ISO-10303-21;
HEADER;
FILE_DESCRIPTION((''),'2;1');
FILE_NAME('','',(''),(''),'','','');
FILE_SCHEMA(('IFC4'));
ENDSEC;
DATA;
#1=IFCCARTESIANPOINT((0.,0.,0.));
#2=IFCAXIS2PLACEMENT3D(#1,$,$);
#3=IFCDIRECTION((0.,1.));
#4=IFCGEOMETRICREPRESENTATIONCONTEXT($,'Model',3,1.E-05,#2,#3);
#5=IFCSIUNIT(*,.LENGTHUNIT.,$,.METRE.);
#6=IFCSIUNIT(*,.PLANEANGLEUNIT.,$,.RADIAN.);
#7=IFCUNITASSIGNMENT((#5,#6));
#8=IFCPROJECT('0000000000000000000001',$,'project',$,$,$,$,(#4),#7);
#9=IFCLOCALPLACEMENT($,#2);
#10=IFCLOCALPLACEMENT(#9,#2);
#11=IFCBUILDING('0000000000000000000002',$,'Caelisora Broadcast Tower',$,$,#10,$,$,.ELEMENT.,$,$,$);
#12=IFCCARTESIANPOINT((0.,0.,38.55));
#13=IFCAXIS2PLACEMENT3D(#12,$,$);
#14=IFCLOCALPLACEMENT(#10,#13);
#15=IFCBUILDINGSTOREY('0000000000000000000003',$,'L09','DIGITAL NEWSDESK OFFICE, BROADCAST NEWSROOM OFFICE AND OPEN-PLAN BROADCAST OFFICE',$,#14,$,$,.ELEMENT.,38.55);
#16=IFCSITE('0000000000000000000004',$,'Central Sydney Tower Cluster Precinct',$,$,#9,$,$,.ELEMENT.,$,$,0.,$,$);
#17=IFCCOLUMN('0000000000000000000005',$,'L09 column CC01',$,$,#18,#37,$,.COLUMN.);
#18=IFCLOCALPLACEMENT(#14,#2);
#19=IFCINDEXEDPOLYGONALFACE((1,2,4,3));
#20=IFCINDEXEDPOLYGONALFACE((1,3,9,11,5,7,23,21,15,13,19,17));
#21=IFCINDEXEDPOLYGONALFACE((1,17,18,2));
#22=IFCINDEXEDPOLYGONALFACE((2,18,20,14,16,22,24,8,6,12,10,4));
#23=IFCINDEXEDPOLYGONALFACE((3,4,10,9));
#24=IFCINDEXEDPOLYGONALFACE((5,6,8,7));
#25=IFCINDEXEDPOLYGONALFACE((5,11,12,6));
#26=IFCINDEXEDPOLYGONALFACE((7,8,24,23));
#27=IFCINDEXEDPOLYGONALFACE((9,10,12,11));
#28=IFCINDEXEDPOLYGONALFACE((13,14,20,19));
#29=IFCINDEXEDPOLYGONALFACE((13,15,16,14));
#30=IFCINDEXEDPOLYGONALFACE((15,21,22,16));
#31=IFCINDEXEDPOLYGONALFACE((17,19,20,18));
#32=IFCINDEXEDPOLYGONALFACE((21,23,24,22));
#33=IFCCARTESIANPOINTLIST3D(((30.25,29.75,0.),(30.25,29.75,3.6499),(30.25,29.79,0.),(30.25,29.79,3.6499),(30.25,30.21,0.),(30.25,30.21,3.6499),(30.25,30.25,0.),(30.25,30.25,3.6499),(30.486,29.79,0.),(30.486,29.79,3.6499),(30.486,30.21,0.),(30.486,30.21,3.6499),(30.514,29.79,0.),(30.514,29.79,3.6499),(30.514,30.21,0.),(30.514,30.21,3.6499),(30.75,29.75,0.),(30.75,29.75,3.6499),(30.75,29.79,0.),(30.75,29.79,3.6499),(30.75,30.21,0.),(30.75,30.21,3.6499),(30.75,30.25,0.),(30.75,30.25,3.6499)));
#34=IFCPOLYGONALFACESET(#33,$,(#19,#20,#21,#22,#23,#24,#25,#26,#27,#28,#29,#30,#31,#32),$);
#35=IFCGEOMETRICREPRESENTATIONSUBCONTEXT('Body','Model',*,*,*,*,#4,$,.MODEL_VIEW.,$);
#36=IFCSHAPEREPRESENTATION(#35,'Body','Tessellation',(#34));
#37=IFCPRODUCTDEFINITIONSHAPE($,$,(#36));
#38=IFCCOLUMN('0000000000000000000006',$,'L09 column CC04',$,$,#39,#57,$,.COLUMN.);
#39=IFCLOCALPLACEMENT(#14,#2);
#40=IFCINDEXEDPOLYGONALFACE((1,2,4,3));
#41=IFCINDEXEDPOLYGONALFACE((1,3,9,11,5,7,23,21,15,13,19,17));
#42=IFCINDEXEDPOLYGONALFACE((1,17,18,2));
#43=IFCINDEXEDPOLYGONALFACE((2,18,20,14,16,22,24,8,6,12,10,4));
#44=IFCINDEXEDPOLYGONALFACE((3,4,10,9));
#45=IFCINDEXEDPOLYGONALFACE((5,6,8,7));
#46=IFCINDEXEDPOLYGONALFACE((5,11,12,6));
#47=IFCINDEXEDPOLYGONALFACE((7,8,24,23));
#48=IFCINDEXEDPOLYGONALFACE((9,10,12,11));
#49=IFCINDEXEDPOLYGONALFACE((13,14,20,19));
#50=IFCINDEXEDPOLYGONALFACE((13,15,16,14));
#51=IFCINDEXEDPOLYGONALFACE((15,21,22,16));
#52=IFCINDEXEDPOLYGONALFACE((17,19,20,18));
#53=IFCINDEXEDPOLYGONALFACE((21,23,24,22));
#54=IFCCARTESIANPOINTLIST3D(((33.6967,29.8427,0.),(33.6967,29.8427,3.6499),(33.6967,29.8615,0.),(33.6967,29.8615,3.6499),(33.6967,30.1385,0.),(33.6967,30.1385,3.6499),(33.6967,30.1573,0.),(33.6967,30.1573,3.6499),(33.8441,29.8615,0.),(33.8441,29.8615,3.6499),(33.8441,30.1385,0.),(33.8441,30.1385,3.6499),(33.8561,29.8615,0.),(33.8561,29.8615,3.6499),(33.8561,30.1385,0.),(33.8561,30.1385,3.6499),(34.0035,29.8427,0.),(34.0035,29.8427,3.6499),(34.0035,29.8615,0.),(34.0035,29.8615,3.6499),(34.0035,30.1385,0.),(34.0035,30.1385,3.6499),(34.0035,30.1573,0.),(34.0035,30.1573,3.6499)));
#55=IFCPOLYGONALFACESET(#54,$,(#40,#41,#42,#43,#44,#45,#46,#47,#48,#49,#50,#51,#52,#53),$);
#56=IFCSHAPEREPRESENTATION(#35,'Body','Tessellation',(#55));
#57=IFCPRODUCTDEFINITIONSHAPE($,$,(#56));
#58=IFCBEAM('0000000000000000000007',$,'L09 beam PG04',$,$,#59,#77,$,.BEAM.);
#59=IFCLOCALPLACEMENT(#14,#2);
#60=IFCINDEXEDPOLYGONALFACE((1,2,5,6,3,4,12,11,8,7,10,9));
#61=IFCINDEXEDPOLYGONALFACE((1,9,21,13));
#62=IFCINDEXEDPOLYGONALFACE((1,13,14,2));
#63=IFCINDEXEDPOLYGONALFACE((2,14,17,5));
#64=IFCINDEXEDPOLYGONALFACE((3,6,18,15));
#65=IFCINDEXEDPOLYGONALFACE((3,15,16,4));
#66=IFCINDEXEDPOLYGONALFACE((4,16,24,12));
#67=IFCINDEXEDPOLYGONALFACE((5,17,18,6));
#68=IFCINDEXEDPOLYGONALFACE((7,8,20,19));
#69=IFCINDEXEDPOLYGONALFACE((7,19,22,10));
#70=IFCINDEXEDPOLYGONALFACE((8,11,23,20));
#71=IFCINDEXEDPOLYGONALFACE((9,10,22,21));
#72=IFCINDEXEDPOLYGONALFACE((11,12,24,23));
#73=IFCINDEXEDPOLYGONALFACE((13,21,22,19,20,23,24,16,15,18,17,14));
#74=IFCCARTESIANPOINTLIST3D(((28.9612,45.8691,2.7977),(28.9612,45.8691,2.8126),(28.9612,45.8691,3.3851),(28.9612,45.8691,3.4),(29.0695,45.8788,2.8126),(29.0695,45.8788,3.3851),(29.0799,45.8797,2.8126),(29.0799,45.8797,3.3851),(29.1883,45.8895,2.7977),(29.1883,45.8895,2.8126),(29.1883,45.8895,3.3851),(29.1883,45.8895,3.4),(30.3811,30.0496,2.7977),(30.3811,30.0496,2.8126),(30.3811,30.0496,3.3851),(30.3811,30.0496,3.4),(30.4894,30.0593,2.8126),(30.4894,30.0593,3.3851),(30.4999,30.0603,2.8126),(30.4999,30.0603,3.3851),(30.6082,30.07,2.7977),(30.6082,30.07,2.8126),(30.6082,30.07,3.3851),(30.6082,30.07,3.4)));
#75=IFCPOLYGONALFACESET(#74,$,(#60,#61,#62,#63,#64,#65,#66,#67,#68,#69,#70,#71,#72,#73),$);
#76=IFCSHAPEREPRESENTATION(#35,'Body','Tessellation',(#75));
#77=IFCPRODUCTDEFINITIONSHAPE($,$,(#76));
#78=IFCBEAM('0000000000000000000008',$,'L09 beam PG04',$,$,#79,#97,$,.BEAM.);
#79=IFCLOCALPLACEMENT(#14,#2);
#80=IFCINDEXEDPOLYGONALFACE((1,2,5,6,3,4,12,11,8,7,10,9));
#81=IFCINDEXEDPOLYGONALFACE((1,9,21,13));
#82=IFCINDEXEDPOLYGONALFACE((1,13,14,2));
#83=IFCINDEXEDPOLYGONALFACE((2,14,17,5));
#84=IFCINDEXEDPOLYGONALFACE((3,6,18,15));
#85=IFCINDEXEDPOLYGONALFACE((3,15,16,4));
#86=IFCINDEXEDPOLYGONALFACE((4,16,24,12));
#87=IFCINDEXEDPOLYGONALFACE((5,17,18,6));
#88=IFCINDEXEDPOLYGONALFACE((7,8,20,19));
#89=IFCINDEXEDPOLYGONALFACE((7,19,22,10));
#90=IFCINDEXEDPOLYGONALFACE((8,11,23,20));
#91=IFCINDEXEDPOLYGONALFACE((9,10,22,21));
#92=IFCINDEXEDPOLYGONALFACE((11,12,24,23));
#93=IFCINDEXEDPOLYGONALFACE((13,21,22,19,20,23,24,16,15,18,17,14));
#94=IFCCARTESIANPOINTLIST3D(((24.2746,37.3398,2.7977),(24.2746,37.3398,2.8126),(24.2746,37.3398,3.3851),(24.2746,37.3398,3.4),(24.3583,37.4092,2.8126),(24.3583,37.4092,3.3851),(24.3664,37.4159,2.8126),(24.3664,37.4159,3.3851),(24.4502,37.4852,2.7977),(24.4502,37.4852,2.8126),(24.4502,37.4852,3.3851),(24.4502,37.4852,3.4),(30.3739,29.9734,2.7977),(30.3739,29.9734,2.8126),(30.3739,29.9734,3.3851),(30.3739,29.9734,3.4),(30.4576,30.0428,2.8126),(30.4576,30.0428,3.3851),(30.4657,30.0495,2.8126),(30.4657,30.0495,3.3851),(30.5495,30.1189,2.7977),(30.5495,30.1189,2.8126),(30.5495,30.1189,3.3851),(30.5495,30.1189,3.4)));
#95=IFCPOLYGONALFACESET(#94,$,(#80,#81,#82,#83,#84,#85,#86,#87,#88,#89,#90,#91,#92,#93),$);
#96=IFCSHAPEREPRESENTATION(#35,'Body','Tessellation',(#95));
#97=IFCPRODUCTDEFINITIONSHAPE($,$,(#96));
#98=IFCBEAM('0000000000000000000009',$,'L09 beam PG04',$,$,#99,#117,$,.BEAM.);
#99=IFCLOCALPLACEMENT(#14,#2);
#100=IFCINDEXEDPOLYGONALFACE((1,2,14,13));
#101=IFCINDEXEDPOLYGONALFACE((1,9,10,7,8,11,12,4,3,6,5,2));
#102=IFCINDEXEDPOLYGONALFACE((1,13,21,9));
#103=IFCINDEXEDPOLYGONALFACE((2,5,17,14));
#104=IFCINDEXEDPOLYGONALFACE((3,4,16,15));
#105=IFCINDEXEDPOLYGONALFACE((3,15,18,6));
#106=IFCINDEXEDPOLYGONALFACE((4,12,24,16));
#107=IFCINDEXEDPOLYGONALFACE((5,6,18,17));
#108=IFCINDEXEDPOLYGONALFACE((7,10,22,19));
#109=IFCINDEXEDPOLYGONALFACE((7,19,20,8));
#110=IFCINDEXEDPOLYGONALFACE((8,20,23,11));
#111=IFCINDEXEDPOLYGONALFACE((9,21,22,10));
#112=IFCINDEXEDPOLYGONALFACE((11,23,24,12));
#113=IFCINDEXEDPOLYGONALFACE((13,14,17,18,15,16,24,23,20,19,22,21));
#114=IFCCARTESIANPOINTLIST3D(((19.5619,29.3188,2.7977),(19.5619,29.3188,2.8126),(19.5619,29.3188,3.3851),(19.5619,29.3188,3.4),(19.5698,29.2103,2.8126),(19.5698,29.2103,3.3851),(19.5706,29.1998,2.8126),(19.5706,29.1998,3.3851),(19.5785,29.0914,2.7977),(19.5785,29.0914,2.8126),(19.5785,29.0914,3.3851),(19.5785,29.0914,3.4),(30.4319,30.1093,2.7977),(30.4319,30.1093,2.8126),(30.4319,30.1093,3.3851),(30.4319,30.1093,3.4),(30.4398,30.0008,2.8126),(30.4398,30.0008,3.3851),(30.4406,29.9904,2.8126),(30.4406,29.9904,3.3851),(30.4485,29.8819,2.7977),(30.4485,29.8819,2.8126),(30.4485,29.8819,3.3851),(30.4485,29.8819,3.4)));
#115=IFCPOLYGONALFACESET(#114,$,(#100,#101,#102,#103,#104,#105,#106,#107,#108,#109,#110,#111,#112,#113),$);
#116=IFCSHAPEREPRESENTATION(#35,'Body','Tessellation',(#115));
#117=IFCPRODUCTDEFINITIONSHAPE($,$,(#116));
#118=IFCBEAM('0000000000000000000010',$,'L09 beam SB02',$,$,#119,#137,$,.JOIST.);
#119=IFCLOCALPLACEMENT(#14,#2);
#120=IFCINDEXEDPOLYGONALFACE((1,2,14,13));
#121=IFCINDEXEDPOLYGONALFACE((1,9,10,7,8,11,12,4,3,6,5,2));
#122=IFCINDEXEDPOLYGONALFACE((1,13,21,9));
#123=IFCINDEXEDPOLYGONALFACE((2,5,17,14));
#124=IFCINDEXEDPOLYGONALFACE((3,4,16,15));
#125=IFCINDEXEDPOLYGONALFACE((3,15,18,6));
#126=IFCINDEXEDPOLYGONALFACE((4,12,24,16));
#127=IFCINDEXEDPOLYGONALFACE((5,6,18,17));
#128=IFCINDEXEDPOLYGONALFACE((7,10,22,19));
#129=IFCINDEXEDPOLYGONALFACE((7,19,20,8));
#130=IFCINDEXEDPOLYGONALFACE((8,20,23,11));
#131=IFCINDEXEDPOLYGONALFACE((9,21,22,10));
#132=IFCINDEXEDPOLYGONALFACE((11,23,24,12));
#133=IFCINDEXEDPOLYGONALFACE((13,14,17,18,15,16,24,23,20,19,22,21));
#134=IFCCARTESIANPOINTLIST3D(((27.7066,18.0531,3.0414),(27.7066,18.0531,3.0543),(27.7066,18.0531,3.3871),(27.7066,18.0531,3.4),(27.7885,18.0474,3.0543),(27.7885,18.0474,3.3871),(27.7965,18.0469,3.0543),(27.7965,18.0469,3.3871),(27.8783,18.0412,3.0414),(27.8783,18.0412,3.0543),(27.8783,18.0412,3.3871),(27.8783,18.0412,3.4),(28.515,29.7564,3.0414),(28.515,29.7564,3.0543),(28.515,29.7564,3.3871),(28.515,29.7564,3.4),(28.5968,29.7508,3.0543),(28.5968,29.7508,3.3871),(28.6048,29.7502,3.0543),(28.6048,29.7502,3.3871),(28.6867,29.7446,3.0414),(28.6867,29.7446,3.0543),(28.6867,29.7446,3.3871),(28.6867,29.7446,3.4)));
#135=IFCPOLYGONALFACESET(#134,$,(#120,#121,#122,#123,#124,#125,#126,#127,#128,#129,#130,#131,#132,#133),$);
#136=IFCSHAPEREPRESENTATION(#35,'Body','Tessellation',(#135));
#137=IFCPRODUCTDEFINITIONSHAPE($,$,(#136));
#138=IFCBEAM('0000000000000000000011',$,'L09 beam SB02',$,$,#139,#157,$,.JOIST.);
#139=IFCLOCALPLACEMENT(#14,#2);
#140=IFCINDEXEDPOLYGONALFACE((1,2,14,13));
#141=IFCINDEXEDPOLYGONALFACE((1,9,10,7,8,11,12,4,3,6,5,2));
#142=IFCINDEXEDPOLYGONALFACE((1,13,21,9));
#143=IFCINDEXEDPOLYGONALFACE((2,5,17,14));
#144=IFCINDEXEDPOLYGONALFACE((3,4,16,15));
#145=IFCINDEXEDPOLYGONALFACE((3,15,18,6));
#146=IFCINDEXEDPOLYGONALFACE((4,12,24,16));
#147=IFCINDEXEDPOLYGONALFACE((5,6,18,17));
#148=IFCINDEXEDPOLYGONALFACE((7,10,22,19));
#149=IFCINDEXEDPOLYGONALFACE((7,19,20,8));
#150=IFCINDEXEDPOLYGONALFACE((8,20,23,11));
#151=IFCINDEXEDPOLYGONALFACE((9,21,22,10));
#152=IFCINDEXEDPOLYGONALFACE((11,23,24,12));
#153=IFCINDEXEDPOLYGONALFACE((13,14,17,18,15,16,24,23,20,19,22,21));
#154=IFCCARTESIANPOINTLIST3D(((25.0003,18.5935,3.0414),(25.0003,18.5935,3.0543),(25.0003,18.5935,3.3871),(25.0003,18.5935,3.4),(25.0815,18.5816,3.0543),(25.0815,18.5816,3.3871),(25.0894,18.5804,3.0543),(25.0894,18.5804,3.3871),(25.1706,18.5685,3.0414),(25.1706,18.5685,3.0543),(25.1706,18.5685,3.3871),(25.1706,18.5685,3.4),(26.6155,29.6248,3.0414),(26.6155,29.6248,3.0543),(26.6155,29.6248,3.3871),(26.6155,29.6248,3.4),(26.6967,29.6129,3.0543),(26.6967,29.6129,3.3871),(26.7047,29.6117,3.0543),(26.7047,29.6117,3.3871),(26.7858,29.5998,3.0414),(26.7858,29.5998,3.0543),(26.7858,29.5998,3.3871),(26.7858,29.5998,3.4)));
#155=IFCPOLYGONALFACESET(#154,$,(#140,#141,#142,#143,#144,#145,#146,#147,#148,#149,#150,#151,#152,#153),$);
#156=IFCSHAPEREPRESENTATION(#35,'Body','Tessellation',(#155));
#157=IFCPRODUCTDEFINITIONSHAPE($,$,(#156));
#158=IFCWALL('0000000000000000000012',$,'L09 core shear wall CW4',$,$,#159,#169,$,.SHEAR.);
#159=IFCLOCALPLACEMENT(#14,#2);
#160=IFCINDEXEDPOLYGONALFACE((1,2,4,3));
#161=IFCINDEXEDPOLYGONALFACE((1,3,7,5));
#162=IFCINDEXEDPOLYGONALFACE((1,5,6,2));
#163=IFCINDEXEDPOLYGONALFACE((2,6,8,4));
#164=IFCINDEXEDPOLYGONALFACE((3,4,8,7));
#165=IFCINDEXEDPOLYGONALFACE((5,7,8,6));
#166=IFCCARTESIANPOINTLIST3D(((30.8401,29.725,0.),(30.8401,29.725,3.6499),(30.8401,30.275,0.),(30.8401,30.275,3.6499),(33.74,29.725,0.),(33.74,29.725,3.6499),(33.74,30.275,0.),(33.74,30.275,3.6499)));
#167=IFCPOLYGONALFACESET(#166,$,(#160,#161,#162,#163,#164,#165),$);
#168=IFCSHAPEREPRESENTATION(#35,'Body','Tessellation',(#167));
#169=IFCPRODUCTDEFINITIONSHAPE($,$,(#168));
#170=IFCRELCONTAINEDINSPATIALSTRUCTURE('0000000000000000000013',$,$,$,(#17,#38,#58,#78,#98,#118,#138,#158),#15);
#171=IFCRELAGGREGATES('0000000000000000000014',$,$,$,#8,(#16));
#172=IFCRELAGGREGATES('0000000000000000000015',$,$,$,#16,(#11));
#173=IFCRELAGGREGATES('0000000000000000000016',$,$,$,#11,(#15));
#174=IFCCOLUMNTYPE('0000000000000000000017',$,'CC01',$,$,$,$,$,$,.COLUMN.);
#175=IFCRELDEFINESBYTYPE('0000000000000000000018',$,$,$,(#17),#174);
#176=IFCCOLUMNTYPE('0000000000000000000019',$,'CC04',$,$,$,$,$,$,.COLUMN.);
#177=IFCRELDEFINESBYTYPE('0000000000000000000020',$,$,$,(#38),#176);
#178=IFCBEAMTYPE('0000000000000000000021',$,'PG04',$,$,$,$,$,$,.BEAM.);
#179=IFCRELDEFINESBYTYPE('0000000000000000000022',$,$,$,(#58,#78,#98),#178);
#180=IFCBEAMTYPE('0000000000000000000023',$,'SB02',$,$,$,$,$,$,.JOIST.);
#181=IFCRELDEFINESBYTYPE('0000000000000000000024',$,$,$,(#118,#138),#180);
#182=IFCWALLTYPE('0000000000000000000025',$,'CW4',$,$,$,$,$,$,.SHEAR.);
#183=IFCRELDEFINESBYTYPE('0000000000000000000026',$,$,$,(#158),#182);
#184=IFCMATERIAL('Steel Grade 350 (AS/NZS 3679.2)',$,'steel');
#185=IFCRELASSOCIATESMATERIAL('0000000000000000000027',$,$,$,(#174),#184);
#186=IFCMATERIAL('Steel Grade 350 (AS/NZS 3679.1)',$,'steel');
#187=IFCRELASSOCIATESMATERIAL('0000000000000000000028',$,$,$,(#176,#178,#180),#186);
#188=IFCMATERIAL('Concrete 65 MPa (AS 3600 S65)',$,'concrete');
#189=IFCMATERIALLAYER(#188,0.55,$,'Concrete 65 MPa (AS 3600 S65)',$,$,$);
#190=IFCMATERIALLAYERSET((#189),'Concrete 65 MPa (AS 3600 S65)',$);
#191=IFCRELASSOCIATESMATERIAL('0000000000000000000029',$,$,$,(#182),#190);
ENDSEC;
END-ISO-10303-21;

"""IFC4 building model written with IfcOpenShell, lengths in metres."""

from ifc_helpers import new_model, si_unit, direction, frame, frame_2d, origin, origin_2d, place, context, subcontext, project, spatial, rectangle, i_section, extrude, source, transform, mapped, material, layer, layer_set, material_profile, profile_set, type_object, type_shapes, element, save


model = new_model("IFC4")

# Units and contexts
model_context = context("Model", 3, precision=1e-05, world=origin(), true_north=direction((0.0, 1.0)))
body_context = subcontext(model_context, "Body", "Model", "MODEL_VIEW")
ifc_project = project(units=[si_unit("LENGTHUNIT", "METRE"), si_unit("PLANEANGLEUNIT", "RADIAN")], contexts=[model_context])

# Site, building, storey
site_placement = place(None, origin())
site = spatial("IfcSite", under=ifc_project, at=site_placement, Name="Central Sydney Tower Cluster Precinct", CompositionType="ELEMENT", RefElevation=0.0)
building_placement = place(site_placement, origin())
building = spatial("IfcBuilding", under=site, at=building_placement, Name="Caelisora Broadcast Tower", CompositionType="ELEMENT")
storey_placement = place(building_placement, frame((0.0, 0.0, 38.55)))
storey = spatial("IfcBuildingStorey", under=building, at=storey_placement, Name="L09", Description="DIGITAL NEWSDESK OFFICE, BROADCAST NEWSROOM OFFICE AND OPEN-PLAN BROADCAST OFFICE", CompositionType="ELEMENT", Elevation=38.55)

# Columns
ifc_material_1 = material(Name="Steel Grade 350 (AS/NZS 3679.2)", Category="steel")
ifc_material_profile_1 = material_profile(ifc_material_1, i_section(OverallWidth=0.5, OverallDepth=0.5, WebThickness=0.0281, FlangeThickness=0.04, at=origin_2d()), Name="Steel Grade 350 (AS/NZS 3679.2)")
ifc_profile_set_1 = profile_set([ifc_material_profile_1], Name="Steel Grade 350 (AS/NZS 3679.2)")
column_type_1 = type_object("IfcColumnType", Name="CC01", PredefinedType="COLUMN", material=ifc_profile_set_1)
shared_shape_1 = source(origin(), body_context, "Body", "SweptSolid", [
    extrude(i_section(OverallWidth=0.5, OverallDepth=0.5, WebThickness=0.0281, FlangeThickness=0.04, at=origin_2d()), origin(), (0.0, 0.0, 1.0), 3.6499),
])
type_shapes(column_type_1, [shared_shape_1])
column_1_placement = place(storey_placement, frame((30.5, 30.0, 0.0), z_axis=(0.0, 0.0, 1.0), x_axis=(1.0, 0.0, 0.0)))
element("IfcColumn", 1, at=column_1_placement, inside=storey, type_object=column_type_1, Name="L09 column CC01", PredefinedType="COLUMN", context=body_context, shape_type="MappedRepresentation", body=[
    mapped(shared_shape_1, transform((0.0, 0.0, 0.0), scale=1.0)),
])
ifc_material_2 = material(Name="Steel Grade 350 (AS/NZS 3679.1)", Category="steel")
ifc_material_profile_2 = material_profile(ifc_material_2, i_section(OverallWidth=0.3069, OverallDepth=0.3147, WebThickness=0.012, FlangeThickness=0.0188, at=origin_2d()), Name="Steel Grade 350 (AS/NZS 3679.1)")
ifc_profile_set_2 = profile_set([ifc_material_profile_2], Name="Steel Grade 350 (AS/NZS 3679.1)")
column_type_2 = type_object("IfcColumnType", Name="CC04", PredefinedType="COLUMN", material=ifc_profile_set_2)
shared_shape_2 = source(origin(), body_context, "Body", "SweptSolid", [
    extrude(i_section(OverallWidth=0.3069, OverallDepth=0.3147, WebThickness=0.012, FlangeThickness=0.0188, at=origin_2d()), origin(), (0.0, 0.0, 1.0), 3.6499),
])
type_shapes(column_type_2, [shared_shape_2])
column_2_placement = place(storey_placement, frame((33.8501, 30.0, 0.0), z_axis=(0.0, 0.0, 1.0), x_axis=(1.0, 0.0, 0.0)))
element("IfcColumn", 2, at=column_2_placement, inside=storey, type_object=column_type_2, Name="L09 column CC04", PredefinedType="COLUMN", context=body_context, shape_type="MappedRepresentation", body=[
    mapped(shared_shape_2, transform((0.0, 0.0, 0.0), scale=1.0)),
])

# Beams
ifc_material_profile_3 = material_profile(ifc_material_2, i_section(OverallWidth=0.228, OverallDepth=0.6023, WebThickness=0.0105, FlangeThickness=0.0149, at=origin_2d()), Name="Steel Grade 350 (AS/NZS 3679.1)")
ifc_profile_set_3 = profile_set([ifc_material_profile_3], Name="Steel Grade 350 (AS/NZS 3679.1)")
beam_type_1 = type_object("IfcBeamType", Name="PG04", PredefinedType="BEAM", material=ifc_profile_set_3)
shared_shape_3 = source(origin(), body_context, "Body", "SweptSolid", [
    extrude(i_section(OverallWidth=0.228, OverallDepth=0.6023, WebThickness=0.0105, FlangeThickness=0.0149, at=origin_2d()), origin(), (0.0, 0.0, 1.0), 15.8831),
])
beam_1_placement = place(storey_placement, frame((30.4946, 30.0598, 3.0989), z_axis=(-0.089398, 0.995996, 0.0), x_axis=(-0.995996, -0.089398, 0.0)))
element("IfcBeam", 3, at=beam_1_placement, inside=storey, type_object=beam_type_1, Name="L09 beam PG04", PredefinedType="BEAM", context=body_context, shape_type="MappedRepresentation", body=[
    mapped(shared_shape_3, transform((0.0, 0.0, 0.0), scale=1.0)),
])
shared_shape_4 = source(origin(), body_context, "Body", "SweptSolid", [
    extrude(i_section(OverallWidth=0.228, OverallDepth=0.6023, WebThickness=0.0105, FlangeThickness=0.0149, at=origin_2d()), origin(), (0.0, 0.0, 1.0), 9.5637),
])
beam_2_placement = place(storey_placement, frame((30.4617, 30.0461, 3.0989), z_axis=(-0.637753, 0.770241, 0.0), x_axis=(-0.770241, -0.637753, 0.0)))
element("IfcBeam", 4, at=beam_2_placement, inside=storey, type_object=beam_type_1, Name="L09 beam PG04", PredefinedType="BEAM", context=body_context, shape_type="MappedRepresentation", body=[
    mapped(shared_shape_4, transform((0.0, 0.0, 0.0), scale=1.0)),
])
shared_shape_5 = source(origin(), body_context, "Body", "SweptSolid", [
    extrude(i_section(OverallWidth=0.228, OverallDepth=0.6023, WebThickness=0.0105, FlangeThickness=0.0149, at=origin_2d()), origin(), (0.0, 0.0, 1.0), 10.8987),
])
type_shapes(beam_type_1, [shared_shape_3, shared_shape_4, shared_shape_5])
beam_3_placement = place(storey_placement, frame((30.4402, 29.9956, 3.0989), z_axis=(-0.997366, -0.072535, 0.0), x_axis=(0.072535, -0.997366, 0.0)))
element("IfcBeam", 5, at=beam_3_placement, inside=storey, type_object=beam_type_1, Name="L09 beam PG04", PredefinedType="BEAM", context=body_context, shape_type="MappedRepresentation", body=[
    mapped(shared_shape_5, transform((0.0, 0.0, 0.0), scale=1.0)),
])
ifc_material_profile_4 = material_profile(ifc_material_2, i_section(OverallWidth=0.1721, OverallDepth=0.3586, WebThickness=0.0081, FlangeThickness=0.0129, at=origin_2d()), Name="Steel Grade 350 (AS/NZS 3679.1)")
ifc_profile_set_4 = profile_set([ifc_material_profile_4], Name="Steel Grade 350 (AS/NZS 3679.1)")
beam_type_2 = type_object("IfcBeamType", Name="SB02", PredefinedType="JOIST", material=ifc_profile_set_4)
shared_shape_6 = source(origin(), body_context, "Body", "SweptSolid", [
    extrude(i_section(OverallWidth=0.1721, OverallDepth=0.3586, WebThickness=0.0081, FlangeThickness=0.0129, at=origin_2d()), origin(), (0.0, 0.0, 1.0), 11.7312),
])
beam_4_placement = place(storey_placement, frame((28.6008, 29.7505, 3.2207), z_axis=(-0.068906, -0.997623, 0.0), x_axis=(0.997623, -0.068906, 0.0)))
element("IfcBeam", 6, at=beam_4_placement, inside=storey, type_object=beam_type_2, Name="L09 beam SB02", PredefinedType="JOIST", context=body_context, shape_type="MappedRepresentation", body=[
    mapped(shared_shape_6, transform((0.0, 0.0, 0.0), scale=1.0)),
])
shared_shape_7 = source(origin(), body_context, "Body", "SweptSolid", [
    extrude(i_section(OverallWidth=0.1721, OverallDepth=0.3586, WebThickness=0.0081, FlangeThickness=0.0129, at=origin_2d()), origin(), (0.0, 0.0, 1.0), 11.1489),
])
type_shapes(beam_type_2, [shared_shape_6, shared_shape_7])
beam_5_placement = place(storey_placement, frame((26.7007, 29.6123, 3.2207), z_axis=(-0.144879, -0.989449, 0.0), x_axis=(0.989449, -0.144879, 0.0)))
element("IfcBeam", 7, at=beam_5_placement, inside=storey, type_object=beam_type_2, Name="L09 beam SB02", PredefinedType="JOIST", context=body_context, shape_type="MappedRepresentation", body=[
    mapped(shared_shape_7, transform((0.0, 0.0, 0.0), scale=1.0)),
])

# Wall
ifc_material_3 = material(Name="Concrete 65 MPa (AS 3600 S65)", Category="concrete")
ifc_layer_1 = layer(ifc_material_3, 0.55, Name="Concrete 65 MPa (AS 3600 S65)")
ifc_layer_set_1 = layer_set([ifc_layer_1], Name="Concrete 65 MPa (AS 3600 S65)")
wall_type_1 = type_object("IfcWallType", Name="CW4", PredefinedType="SHEAR", material=ifc_layer_set_1)
wall_1_placement = place(storey_placement, frame((30.8401, 30.0, 0.0), z_axis=(0.0, 0.0, 1.0), x_axis=(1.0, 0.0, 0.0)))
element("IfcWall", 8, at=wall_1_placement, inside=storey, type_object=wall_type_1, Name="L09 core shear wall CW4", PredefinedType="SHEAR", context=body_context, shape_type="SweptSolid", body=[
    extrude(rectangle(XDim=2.8999, YDim=0.55, at=frame_2d((1.45, 0.0))), origin(), (0.0, 0.0, 1.0), 3.6499),
])

save(model, "model.ifc")
